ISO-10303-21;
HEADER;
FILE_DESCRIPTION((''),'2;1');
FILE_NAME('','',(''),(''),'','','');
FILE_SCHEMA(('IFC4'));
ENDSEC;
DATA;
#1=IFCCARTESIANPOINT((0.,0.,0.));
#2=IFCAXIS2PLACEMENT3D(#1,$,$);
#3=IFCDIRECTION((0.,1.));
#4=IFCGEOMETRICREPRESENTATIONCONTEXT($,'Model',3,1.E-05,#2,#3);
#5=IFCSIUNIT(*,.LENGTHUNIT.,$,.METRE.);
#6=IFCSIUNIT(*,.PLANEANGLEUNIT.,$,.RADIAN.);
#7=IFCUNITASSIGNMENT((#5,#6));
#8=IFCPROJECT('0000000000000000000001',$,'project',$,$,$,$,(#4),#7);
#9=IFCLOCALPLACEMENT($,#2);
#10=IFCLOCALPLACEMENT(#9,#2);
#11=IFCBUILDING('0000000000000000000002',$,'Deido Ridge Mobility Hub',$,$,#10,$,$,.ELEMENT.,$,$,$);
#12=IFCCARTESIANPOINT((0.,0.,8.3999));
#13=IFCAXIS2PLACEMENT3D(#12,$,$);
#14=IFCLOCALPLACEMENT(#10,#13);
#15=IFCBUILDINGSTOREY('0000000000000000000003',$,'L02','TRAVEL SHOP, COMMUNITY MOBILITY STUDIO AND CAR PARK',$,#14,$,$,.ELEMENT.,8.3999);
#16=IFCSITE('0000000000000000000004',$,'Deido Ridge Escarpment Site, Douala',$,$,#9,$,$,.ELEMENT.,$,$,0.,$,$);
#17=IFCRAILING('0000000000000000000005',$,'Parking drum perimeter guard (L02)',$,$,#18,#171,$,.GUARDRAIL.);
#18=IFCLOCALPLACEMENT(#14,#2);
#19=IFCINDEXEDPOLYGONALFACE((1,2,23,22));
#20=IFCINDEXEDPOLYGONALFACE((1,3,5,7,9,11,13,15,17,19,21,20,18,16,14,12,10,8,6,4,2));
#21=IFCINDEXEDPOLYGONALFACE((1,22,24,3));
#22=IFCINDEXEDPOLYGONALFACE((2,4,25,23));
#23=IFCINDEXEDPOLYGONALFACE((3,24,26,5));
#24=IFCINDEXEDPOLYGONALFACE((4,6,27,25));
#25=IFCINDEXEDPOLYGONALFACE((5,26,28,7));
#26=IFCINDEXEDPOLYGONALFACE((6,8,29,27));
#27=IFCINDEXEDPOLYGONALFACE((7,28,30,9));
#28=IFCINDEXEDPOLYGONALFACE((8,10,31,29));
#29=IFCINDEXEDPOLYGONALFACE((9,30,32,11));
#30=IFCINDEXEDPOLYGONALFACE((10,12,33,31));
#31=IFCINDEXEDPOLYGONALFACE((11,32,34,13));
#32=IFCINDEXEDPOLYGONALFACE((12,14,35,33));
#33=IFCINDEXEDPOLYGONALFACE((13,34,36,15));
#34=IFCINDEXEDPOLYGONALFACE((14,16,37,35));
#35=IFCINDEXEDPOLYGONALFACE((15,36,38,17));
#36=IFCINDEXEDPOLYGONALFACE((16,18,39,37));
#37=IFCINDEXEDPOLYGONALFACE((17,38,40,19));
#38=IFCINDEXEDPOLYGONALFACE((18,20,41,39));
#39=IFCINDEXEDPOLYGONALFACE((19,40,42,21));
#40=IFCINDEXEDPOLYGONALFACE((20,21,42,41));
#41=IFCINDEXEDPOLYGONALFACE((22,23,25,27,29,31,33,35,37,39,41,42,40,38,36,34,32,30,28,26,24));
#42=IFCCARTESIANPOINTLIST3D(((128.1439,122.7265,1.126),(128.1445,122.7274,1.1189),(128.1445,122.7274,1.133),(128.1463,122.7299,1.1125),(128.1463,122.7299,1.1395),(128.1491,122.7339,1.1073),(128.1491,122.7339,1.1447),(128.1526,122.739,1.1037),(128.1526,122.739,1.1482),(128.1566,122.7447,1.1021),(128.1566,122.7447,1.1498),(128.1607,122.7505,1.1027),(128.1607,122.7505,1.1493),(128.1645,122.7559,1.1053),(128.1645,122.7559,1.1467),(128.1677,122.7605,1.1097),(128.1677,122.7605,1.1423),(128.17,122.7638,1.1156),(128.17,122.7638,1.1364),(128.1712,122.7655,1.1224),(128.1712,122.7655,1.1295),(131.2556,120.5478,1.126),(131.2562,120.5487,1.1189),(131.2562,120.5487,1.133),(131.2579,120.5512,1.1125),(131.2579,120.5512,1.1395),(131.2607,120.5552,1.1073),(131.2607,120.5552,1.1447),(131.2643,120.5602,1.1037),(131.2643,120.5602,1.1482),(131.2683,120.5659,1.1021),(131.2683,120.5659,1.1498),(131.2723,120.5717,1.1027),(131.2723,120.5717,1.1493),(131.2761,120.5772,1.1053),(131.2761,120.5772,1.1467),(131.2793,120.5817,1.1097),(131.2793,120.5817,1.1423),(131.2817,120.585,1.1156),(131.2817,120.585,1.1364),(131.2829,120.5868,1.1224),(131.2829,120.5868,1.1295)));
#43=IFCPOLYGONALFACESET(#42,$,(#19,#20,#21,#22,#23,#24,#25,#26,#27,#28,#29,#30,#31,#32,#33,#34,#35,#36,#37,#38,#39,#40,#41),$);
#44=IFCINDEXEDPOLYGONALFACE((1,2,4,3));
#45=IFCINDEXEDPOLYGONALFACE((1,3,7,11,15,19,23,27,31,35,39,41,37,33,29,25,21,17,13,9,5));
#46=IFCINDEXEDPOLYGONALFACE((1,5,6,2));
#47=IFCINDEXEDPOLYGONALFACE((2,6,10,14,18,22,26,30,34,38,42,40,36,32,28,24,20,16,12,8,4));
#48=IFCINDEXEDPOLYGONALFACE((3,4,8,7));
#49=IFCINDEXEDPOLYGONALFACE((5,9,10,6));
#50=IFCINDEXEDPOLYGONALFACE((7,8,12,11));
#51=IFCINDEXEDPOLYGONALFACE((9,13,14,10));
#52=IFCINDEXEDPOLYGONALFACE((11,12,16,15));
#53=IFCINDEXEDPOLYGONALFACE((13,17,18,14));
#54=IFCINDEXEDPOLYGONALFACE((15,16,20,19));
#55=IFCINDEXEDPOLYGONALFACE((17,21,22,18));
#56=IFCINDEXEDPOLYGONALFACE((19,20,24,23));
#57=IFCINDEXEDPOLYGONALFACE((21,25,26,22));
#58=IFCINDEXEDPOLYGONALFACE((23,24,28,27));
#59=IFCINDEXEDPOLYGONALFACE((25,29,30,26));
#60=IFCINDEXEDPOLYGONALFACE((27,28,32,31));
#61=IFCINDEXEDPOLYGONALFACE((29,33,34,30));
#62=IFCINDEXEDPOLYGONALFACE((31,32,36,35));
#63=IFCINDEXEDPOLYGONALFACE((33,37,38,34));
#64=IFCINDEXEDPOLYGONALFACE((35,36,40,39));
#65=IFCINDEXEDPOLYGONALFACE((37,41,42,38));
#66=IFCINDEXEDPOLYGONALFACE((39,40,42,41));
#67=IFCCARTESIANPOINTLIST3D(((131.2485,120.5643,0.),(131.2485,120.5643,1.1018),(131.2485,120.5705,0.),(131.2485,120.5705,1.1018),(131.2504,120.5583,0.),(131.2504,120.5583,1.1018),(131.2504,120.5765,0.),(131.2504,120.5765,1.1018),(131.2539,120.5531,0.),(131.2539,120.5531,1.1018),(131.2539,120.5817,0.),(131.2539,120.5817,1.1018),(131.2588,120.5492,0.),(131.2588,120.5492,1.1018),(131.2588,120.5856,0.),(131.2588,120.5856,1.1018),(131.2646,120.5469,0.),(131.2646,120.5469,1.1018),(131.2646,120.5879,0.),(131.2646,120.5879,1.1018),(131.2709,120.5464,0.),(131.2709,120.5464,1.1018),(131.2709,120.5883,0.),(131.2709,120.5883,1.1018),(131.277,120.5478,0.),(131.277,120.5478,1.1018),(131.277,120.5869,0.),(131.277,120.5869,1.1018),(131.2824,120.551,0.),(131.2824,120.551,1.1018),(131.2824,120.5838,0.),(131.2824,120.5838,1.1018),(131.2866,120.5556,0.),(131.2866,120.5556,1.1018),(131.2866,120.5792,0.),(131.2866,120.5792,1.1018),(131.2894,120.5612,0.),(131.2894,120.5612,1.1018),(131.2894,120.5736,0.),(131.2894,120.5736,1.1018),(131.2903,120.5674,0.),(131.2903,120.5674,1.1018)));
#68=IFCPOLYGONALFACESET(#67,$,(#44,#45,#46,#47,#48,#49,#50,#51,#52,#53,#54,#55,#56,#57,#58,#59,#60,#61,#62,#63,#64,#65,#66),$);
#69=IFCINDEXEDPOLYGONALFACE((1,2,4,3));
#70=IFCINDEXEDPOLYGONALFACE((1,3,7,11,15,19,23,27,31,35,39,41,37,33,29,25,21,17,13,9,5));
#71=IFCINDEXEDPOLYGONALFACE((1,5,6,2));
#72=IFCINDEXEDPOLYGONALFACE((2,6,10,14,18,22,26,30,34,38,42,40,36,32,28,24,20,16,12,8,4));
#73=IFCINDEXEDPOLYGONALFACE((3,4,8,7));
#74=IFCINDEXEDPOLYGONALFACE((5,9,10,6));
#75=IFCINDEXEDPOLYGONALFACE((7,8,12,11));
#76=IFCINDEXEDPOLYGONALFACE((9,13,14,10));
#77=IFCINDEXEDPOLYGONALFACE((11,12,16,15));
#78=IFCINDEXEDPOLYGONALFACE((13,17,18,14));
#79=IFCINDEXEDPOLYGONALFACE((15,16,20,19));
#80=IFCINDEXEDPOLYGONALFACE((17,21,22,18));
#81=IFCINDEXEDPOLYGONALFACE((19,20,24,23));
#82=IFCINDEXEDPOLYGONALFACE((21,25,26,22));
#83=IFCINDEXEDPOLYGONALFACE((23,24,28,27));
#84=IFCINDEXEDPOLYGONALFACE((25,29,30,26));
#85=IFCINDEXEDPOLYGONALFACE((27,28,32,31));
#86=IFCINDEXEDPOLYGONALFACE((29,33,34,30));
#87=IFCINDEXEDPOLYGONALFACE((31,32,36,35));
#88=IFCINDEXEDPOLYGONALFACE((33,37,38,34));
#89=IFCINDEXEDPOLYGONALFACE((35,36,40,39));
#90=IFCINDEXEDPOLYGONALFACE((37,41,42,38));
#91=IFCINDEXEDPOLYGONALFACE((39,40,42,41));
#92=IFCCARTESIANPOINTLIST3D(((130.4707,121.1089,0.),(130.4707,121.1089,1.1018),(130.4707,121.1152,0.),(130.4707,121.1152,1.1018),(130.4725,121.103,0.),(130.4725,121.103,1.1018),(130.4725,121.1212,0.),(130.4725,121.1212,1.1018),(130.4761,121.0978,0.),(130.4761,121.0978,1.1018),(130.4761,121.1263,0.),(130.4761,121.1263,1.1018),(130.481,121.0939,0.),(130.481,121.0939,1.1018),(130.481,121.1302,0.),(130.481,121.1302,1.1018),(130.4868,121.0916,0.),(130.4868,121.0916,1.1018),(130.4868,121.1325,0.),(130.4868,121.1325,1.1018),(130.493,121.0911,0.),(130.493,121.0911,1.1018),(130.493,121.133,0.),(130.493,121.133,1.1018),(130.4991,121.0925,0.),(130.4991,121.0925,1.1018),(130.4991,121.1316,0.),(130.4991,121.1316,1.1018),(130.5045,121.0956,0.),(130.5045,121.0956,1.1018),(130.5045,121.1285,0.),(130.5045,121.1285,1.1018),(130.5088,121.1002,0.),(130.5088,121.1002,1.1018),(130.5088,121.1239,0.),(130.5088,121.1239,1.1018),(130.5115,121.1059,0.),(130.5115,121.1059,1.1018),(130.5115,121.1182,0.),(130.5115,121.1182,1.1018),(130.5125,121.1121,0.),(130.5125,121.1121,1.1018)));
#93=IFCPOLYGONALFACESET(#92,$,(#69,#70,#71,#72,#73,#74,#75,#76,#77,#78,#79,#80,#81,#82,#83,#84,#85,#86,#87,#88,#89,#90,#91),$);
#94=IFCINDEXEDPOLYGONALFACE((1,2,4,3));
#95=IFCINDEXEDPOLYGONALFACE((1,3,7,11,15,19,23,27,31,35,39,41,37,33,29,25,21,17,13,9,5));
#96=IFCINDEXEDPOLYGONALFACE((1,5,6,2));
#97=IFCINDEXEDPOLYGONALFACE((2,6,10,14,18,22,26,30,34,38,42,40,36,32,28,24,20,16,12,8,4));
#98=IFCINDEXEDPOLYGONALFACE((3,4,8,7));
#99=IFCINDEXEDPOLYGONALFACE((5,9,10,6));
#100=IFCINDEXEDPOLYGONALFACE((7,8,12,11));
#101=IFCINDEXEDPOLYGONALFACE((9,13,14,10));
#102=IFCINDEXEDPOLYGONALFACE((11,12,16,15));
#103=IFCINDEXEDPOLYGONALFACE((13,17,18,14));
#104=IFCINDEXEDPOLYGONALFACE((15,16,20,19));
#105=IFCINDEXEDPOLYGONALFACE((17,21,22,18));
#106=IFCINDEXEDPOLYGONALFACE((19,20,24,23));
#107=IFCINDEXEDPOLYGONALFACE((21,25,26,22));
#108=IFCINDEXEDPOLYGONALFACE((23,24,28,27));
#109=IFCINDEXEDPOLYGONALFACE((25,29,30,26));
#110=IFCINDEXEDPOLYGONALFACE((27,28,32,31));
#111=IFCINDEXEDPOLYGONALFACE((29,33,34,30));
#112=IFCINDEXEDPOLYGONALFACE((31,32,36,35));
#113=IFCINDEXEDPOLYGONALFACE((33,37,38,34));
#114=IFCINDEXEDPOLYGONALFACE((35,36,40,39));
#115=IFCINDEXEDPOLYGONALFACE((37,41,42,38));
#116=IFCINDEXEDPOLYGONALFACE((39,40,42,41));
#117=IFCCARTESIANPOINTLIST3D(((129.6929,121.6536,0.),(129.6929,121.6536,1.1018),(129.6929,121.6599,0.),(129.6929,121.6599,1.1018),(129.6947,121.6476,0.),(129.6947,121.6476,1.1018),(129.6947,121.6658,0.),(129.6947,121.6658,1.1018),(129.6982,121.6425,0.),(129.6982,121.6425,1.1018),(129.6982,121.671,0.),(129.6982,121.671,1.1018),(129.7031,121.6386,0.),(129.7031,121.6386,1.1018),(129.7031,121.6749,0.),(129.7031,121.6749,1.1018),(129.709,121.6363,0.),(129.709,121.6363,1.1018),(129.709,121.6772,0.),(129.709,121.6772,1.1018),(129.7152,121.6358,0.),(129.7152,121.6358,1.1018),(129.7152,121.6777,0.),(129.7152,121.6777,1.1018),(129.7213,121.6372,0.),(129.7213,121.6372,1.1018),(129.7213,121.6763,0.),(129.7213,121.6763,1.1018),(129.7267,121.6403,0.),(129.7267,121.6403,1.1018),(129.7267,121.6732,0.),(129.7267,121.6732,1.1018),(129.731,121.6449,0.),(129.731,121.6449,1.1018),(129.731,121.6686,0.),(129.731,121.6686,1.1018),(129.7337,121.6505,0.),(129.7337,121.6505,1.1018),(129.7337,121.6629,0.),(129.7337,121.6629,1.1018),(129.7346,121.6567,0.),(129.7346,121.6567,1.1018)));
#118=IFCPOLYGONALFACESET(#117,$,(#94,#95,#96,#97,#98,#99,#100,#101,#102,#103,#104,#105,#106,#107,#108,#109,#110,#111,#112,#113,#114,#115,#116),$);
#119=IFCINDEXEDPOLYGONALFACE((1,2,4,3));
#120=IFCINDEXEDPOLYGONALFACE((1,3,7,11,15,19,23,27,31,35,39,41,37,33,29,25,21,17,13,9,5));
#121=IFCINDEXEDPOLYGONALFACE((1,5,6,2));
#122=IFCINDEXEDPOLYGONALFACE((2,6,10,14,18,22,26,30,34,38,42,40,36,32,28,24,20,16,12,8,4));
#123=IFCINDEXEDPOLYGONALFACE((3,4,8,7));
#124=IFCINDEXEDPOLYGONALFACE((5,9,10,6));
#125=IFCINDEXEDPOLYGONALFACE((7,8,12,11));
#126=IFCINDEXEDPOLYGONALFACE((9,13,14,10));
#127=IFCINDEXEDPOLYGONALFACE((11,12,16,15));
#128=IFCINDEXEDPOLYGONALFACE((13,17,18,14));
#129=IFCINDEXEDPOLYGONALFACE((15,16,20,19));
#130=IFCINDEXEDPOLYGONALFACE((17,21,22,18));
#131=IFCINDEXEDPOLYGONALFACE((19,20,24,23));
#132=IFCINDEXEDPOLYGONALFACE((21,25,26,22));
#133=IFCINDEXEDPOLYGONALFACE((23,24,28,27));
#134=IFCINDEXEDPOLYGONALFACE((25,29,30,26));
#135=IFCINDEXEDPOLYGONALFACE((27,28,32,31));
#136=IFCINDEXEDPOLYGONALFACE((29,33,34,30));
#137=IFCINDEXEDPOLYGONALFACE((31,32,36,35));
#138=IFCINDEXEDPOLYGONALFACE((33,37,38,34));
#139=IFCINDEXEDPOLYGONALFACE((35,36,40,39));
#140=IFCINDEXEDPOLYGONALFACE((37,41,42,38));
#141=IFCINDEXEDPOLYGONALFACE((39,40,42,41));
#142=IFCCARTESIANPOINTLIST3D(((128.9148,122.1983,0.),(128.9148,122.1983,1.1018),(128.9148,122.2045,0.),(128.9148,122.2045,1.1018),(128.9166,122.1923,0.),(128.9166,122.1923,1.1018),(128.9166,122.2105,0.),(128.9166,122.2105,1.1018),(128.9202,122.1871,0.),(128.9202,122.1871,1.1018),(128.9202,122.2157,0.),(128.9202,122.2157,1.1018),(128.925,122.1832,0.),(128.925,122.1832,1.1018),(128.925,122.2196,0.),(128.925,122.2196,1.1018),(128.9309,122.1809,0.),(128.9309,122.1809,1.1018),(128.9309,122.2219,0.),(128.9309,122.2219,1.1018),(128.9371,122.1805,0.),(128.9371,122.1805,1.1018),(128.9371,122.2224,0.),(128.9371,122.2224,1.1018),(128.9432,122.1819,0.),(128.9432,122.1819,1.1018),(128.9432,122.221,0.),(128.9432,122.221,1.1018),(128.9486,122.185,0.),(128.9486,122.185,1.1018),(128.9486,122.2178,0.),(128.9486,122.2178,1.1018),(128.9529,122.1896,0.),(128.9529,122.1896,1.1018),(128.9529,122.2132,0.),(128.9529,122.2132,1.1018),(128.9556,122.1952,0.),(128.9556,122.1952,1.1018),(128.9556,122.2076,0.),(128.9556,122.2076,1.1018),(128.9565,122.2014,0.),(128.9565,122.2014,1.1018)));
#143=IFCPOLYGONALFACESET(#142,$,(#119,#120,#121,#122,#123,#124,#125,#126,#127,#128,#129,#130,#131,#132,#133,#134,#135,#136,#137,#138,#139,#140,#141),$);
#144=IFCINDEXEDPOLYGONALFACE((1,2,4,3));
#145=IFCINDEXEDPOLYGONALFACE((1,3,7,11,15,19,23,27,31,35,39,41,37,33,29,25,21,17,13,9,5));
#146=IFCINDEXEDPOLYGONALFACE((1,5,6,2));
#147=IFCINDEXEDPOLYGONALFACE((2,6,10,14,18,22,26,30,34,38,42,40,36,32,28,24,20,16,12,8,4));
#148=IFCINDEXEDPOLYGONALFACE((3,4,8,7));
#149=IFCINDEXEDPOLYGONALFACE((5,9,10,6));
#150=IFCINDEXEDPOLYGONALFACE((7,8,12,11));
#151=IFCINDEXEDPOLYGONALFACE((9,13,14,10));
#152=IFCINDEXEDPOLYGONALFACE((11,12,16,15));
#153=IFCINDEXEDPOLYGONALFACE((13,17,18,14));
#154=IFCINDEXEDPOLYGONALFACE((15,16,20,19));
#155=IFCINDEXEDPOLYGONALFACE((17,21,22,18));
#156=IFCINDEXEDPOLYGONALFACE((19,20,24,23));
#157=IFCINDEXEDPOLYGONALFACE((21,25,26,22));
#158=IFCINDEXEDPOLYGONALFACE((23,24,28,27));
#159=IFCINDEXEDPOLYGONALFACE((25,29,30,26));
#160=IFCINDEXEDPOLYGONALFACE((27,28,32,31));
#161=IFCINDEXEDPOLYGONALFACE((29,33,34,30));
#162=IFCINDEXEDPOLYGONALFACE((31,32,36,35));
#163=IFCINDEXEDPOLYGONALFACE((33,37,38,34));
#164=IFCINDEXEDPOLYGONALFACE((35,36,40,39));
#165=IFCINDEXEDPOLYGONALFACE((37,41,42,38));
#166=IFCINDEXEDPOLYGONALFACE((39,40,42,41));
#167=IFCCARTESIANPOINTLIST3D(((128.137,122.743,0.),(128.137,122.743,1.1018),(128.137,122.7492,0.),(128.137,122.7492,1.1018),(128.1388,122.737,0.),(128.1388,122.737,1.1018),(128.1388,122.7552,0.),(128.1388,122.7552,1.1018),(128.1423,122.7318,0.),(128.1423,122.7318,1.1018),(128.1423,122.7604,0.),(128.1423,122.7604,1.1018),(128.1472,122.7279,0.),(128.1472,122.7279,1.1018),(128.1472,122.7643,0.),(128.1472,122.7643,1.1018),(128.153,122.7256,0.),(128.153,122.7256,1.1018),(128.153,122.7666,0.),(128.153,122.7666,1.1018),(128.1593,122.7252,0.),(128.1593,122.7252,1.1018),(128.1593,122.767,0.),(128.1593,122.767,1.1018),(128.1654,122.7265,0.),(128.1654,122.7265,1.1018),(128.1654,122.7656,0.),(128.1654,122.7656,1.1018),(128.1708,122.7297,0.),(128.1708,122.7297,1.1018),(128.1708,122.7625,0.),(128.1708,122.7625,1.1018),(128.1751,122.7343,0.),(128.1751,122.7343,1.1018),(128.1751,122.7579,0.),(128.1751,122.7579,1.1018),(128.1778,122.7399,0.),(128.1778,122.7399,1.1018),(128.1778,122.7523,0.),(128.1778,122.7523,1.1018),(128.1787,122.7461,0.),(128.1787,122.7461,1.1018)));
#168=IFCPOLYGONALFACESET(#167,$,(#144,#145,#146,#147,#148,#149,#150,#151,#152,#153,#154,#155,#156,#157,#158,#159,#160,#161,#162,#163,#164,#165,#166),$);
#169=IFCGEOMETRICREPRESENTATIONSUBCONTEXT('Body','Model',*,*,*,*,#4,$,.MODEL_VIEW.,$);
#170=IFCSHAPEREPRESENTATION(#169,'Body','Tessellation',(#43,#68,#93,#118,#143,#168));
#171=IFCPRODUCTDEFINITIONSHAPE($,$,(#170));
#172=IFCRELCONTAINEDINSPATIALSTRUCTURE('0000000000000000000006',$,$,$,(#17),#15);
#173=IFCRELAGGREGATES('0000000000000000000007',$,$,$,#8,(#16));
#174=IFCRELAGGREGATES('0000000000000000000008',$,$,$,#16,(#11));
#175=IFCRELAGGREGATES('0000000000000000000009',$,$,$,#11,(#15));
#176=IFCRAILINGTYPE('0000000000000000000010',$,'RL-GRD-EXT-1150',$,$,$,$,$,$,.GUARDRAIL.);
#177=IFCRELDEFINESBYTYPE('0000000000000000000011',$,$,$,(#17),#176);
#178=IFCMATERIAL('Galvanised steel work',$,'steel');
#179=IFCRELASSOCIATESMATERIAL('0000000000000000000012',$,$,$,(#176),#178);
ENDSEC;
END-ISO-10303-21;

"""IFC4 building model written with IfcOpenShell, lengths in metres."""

from ifc_helpers import new_model, si_unit, direction, frame, origin, origin_2d, place, context, subcontext, project, spatial, circle, extrude, material, type_object, element, save


model = new_model("IFC4")

# Units and contexts
model_context = context("Model", 3, precision=1e-05, world=origin(), true_north=direction((0.0, 1.0)))
body_context = subcontext(model_context, "Body", "Model", "MODEL_VIEW")
ifc_project = project(units=[si_unit("LENGTHUNIT", "METRE"), si_unit("PLANEANGLEUNIT", "RADIAN")], contexts=[model_context])

# Site, building, storey
site_placement = place(None, origin())
site = spatial("IfcSite", under=ifc_project, at=site_placement, Name="Deido Ridge Escarpment Site, Douala", CompositionType="ELEMENT", RefElevation=0.0)
building_placement = place(site_placement, origin())
building = spatial("IfcBuilding", under=site, at=building_placement, Name="Deido Ridge Mobility Hub", CompositionType="ELEMENT")
storey_placement = place(building_placement, frame((0.0, 0.0, 8.3999)))
storey = spatial("IfcBuildingStorey", under=building, at=storey_placement, Name="L02", Description="TRAVEL SHOP, COMMUNITY MOBILITY STUDIO AND CAR PARK", CompositionType="ELEMENT", Elevation=8.3999)

# Railing
ifc_material_1 = material(Name="Galvanised steel work", Category="steel")
railing_type = type_object("IfcRailingType", Name="RL-GRD-EXT-1150", PredefinedType="GUARDRAIL", material=ifc_material_1)
railing_1_placement = place(storey_placement, frame((131.2693, 120.5674, 0.0)))
element("IfcRailing", 1, at=railing_1_placement, inside=storey, type_object=railing_type, Name="Parking drum perimeter guard (L02)", PredefinedType="GUARDRAIL", context=body_context, shape_type="SweptSolid", body=[
    extrude(circle(Radius=0.0239, at=origin_2d()), frame((0.0, 0.0, 1.126), z_axis=(-0.819156, 0.57357, 0.0), x_axis=(-0.57357, -0.819156, 0.0)), (0.0, 0.0, 1.0), 3.7986),
    extrude(circle(Radius=0.021, at=origin_2d()), origin(), (0.0, 0.0, 1.0), 1.1018),
    extrude(circle(Radius=0.021, at=origin_2d()), frame((-0.7778, 0.5447, 0.0)), (0.0, 0.0, 1.0), 1.1018),
    extrude(circle(Radius=0.021, at=origin_2d()), frame((-1.5557, 1.0894, 0.0)), (0.0, 0.0, 1.0), 1.1018),
    extrude(circle(Radius=0.021, at=origin_2d()), frame((-2.3337, 1.634, 0.0)), (0.0, 0.0, 1.0), 1.1018),
    extrude(circle(Radius=0.021, at=origin_2d()), frame((-3.1116, 2.1787, 0.0)), (0.0, 0.0, 1.0), 1.1018),
])

save(model, "model.ifc")
